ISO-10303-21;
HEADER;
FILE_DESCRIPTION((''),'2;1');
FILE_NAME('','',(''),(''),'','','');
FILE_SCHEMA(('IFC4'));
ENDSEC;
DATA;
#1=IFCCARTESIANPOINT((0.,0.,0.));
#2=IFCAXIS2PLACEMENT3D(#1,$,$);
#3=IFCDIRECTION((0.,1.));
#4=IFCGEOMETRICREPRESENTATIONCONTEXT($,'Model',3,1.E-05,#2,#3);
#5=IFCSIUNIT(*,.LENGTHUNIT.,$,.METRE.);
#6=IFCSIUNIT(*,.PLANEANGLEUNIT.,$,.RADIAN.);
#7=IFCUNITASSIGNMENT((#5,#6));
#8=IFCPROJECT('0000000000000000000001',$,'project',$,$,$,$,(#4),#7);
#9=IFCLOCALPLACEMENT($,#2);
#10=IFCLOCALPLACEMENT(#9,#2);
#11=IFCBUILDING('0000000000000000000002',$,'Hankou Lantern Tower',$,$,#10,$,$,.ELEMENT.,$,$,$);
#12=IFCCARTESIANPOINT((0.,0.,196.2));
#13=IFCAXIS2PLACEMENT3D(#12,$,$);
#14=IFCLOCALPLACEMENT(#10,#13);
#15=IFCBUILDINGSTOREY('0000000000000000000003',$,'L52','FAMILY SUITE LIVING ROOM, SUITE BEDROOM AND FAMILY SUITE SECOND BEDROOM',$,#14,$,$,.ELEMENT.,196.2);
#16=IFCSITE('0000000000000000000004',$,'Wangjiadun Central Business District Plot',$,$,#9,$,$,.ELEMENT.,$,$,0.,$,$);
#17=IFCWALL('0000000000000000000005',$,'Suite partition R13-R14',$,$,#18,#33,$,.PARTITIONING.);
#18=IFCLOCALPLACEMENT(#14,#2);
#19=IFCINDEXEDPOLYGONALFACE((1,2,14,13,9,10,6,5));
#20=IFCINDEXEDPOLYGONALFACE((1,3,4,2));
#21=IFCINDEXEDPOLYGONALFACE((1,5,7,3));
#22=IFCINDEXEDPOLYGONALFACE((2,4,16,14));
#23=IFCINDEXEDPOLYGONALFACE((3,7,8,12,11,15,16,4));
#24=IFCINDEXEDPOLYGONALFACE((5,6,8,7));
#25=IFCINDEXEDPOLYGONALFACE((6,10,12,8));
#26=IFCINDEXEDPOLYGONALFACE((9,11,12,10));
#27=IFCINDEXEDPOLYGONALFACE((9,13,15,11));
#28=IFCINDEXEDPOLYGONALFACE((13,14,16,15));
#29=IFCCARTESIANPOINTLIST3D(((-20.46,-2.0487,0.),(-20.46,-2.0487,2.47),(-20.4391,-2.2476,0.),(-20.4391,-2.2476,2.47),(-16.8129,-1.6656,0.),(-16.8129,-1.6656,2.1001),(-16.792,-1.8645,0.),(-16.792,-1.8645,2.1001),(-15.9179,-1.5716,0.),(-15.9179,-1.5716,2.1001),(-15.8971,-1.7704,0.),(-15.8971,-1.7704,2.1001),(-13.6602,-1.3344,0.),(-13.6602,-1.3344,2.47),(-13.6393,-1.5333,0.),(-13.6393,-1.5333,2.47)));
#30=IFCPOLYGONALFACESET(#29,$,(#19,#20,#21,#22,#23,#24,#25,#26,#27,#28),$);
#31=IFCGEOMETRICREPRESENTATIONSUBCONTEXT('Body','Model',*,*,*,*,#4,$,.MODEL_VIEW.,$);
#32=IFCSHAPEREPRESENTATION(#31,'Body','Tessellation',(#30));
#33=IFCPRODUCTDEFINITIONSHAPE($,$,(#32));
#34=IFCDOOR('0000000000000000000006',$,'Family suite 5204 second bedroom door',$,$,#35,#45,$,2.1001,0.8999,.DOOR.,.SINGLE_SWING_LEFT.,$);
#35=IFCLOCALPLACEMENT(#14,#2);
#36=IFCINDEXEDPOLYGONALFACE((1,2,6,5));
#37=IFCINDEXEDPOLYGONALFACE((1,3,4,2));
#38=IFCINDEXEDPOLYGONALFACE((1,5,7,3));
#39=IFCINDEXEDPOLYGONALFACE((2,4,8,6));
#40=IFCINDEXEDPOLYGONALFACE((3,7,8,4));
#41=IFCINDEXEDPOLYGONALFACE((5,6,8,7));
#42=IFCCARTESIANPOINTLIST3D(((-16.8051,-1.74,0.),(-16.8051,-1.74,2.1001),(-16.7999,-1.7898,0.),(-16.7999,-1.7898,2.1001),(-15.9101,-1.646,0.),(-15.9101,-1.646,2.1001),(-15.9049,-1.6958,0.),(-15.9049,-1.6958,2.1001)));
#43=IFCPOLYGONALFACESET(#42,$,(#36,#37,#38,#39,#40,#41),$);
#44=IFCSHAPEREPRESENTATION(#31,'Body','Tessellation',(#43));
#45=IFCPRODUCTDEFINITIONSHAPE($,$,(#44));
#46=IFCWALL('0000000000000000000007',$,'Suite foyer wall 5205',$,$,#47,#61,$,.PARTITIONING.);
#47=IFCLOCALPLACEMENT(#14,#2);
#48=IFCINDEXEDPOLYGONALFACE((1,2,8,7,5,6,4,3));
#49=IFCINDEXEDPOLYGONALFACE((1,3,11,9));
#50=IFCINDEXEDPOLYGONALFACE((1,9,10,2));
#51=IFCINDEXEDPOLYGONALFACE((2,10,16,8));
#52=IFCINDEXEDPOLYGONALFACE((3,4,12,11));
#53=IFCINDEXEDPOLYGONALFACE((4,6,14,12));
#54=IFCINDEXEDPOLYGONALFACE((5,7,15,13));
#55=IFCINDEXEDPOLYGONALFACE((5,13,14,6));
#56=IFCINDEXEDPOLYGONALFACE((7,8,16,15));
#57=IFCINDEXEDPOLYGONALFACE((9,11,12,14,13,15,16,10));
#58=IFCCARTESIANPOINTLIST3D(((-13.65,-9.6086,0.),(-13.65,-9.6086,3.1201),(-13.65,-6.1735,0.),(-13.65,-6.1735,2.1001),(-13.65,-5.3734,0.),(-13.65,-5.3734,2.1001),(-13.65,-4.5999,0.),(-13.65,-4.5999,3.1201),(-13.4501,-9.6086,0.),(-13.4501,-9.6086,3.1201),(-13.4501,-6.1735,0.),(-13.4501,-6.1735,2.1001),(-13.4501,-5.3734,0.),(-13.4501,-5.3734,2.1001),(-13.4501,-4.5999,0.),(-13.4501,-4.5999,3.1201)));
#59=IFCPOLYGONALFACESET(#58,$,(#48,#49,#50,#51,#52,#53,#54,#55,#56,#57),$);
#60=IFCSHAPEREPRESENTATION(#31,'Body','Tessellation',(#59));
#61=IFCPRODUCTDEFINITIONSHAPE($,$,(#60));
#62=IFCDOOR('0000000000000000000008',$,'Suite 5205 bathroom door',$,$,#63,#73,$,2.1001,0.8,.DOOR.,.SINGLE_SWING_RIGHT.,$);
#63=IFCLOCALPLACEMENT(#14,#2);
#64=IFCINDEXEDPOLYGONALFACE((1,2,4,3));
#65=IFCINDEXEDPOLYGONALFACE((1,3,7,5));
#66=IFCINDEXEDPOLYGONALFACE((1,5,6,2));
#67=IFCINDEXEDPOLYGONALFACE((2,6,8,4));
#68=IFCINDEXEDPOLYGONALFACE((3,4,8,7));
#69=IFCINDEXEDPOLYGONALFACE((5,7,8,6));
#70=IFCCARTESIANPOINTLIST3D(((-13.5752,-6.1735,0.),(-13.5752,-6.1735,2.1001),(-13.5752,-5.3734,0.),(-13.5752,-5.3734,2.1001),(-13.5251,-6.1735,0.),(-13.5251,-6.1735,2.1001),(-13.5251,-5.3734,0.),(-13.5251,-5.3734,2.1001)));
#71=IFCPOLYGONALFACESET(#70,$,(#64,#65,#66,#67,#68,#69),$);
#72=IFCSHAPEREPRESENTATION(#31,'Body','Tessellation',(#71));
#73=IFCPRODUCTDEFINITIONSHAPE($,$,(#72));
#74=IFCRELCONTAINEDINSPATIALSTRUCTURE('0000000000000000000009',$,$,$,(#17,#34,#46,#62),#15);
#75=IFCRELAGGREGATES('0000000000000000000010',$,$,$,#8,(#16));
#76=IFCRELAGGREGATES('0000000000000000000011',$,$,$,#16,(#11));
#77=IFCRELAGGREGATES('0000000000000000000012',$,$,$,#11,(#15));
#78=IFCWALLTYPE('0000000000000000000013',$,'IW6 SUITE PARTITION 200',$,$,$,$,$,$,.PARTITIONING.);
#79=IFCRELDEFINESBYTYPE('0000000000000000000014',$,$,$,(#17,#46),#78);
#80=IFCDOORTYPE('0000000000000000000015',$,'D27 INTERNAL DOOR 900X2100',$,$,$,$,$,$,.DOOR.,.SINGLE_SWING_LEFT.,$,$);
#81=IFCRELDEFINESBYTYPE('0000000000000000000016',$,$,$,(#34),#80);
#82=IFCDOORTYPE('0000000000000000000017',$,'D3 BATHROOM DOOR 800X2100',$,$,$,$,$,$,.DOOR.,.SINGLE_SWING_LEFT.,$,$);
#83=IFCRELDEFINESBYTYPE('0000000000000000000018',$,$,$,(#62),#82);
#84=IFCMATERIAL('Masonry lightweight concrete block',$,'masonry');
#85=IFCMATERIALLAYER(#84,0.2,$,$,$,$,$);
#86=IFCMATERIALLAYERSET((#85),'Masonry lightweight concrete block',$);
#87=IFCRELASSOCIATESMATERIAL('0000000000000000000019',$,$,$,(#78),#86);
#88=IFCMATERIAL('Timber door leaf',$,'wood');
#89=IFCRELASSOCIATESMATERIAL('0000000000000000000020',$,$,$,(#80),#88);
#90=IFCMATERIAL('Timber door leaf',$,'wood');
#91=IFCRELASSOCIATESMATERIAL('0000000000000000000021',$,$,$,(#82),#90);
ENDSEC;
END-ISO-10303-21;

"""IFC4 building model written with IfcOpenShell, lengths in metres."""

from ifc_helpers import new_model, si_unit, direction, frame, frame_2d, origin, place, context, subcontext, project, spatial, rectangle, extrude, material, layer, layer_set, type_object, element, fill, save


model = new_model("IFC4")

# Units and contexts
model_context = context("Model", 3, precision=1e-05, world=origin(), true_north=direction((0.0, 1.0)))
body_context = subcontext(model_context, "Body", "Model", "MODEL_VIEW")
ifc_project = project(units=[si_unit("LENGTHUNIT", "METRE"), si_unit("PLANEANGLEUNIT", "RADIAN")], contexts=[model_context])

# Site, building, storey
site_placement = place(None, origin())
site = spatial("IfcSite", under=ifc_project, at=site_placement, Name="Wangjiadun Central Business District Plot", CompositionType="ELEMENT", RefElevation=0.0)
building_placement = place(site_placement, origin())
building = spatial("IfcBuilding", under=site, at=building_placement, Name="Hankou Lantern Tower", CompositionType="ELEMENT")
storey_placement = place(building_placement, frame((0.0, 0.0, 196.2)))
storey = spatial("IfcBuildingStorey", under=building, at=storey_placement, Name="L52", Description="FAMILY SUITE LIVING ROOM, SUITE BEDROOM AND FAMILY SUITE SECOND BEDROOM", CompositionType="ELEMENT", Elevation=196.2)

# Walls, openings, doors
ifc_material_1 = material(Name="Masonry lightweight concrete block", Category="masonry")
ifc_layer_1 = layer(ifc_material_1, 0.2)
ifc_layer_set_1 = layer_set([ifc_layer_1], Name="Masonry lightweight concrete block")
wall_type_1 = type_object("IfcWallType", Name="IW6 SUITE PARTITION 200", PredefinedType="PARTITIONING", material=ifc_layer_set_1)
wall_1_placement = place(storey_placement, frame((-13.6499, -1.4338, 0.0), z_axis=(0.0, 0.0, 1.0), x_axis=(-0.994527, -0.10448, 0.0)))
wall_1 = element("IfcWall", 1, at=wall_1_placement, inside=storey, type_object=wall_type_1, Name="Suite partition R13-R14", PredefinedType="PARTITIONING", context=body_context, shape_type="SweptSolid", body=[
    extrude(rectangle(XDim=6.8372, YDim=0.2, at=frame_2d((3.4185, 0.0))), origin(), (0.0, 0.0, 1.0), 2.47),
])
opening_1_placement = place(wall_1_placement, frame((2.27, 0.0, 0.0)))
opening_1 = element("IfcOpeningElement", 2, at=opening_1_placement, cuts=wall_1, PredefinedType="OPENING", context=body_context, shape_type="SweptSolid", body=[
    extrude(rectangle(XDim=0.8999, YDim=2.1001, at=frame_2d((0.45, 1.05))), frame((0.0, 0.1099, 0.0), z_axis=(0.0, -1.0, 0.0), x_axis=(1.0, 0.0, 0.0)), (0.0, 0.0, 1.0), 0.22),
])
ifc_material_2 = material(Name="Timber door leaf", Category="wood")
door_type_1 = type_object("IfcDoorType", Name="D27 INTERNAL DOOR 900X2100", OperationType="SINGLE_SWING_LEFT", PredefinedType="DOOR", material=ifc_material_2)
door_1_placement = place(opening_1_placement, origin())
door_1 = element("IfcDoor", 3, at=door_1_placement, inside=storey, type_object=door_type_1, Name="Family suite 5204 second bedroom door", OperationType="SINGLE_SWING_LEFT", OverallHeight=2.1001, OverallWidth=0.8999, PredefinedType="DOOR", context=body_context, shape_type="SweptSolid", body=[
    extrude(rectangle(XDim=0.8999, YDim=2.1001, at=frame_2d((0.45, 1.05))), frame((0.0, 0.0249, 0.0), z_axis=(0.0, -1.0, 0.0), x_axis=(1.0, 0.0, 0.0)), (0.0, 0.0, 1.0), 0.05),
])
fill(opening_1, door_1)
wall_2_placement = place(storey_placement, frame((-13.55, -4.5999, 0.0), z_axis=(0.0, 0.0, 1.0), x_axis=(0.0, -1.0, 0.0)))
wall_2 = element("IfcWall", 4, at=wall_2_placement, inside=storey, type_object=wall_type_1, Name="Suite foyer wall 5205", PredefinedType="PARTITIONING", context=body_context, shape_type="SweptSolid", body=[
    extrude(rectangle(XDim=5.0088, YDim=0.2, at=frame_2d((2.5044, 0.0))), origin(), (0.0, 0.0, 1.0), 3.1201),
])
opening_2_placement = place(wall_2_placement, frame((0.7737, 0.0, 0.0)))
opening_2 = element("IfcOpeningElement", 5, at=opening_2_placement, cuts=wall_2, PredefinedType="OPENING", context=body_context, shape_type="SweptSolid", body=[
    extrude(rectangle(XDim=0.8, YDim=2.1001, at=frame_2d((0.3999, 1.05))), frame((0.0, 0.1099, 0.0), z_axis=(0.0, -1.0, 0.0), x_axis=(1.0, 0.0, 0.0)), (0.0, 0.0, 1.0), 0.22),
])
ifc_material_3 = material(Name="Timber door leaf", Category="wood")
door_type_2 = type_object("IfcDoorType", Name="D3 BATHROOM DOOR 800X2100", OperationType="SINGLE_SWING_LEFT", PredefinedType="DOOR", material=ifc_material_3)
door_2_placement = place(opening_2_placement, origin())
door_2 = element("IfcDoor", 6, at=door_2_placement, inside=storey, type_object=door_type_2, Name="Suite 5205 bathroom door", OperationType="SINGLE_SWING_RIGHT", OverallHeight=2.1001, OverallWidth=0.8, PredefinedType="DOOR", context=body_context, shape_type="SweptSolid", body=[
    extrude(rectangle(XDim=0.8, YDim=2.1001, at=frame_2d((0.3999, 1.05))), frame((0.0, 0.0249, 0.0), z_axis=(0.0, -1.0, 0.0), x_axis=(1.0, 0.0, 0.0)), (0.0, 0.0, 1.0), 0.05),
])
fill(opening_2, door_2)

save(model, "model.ifc")
